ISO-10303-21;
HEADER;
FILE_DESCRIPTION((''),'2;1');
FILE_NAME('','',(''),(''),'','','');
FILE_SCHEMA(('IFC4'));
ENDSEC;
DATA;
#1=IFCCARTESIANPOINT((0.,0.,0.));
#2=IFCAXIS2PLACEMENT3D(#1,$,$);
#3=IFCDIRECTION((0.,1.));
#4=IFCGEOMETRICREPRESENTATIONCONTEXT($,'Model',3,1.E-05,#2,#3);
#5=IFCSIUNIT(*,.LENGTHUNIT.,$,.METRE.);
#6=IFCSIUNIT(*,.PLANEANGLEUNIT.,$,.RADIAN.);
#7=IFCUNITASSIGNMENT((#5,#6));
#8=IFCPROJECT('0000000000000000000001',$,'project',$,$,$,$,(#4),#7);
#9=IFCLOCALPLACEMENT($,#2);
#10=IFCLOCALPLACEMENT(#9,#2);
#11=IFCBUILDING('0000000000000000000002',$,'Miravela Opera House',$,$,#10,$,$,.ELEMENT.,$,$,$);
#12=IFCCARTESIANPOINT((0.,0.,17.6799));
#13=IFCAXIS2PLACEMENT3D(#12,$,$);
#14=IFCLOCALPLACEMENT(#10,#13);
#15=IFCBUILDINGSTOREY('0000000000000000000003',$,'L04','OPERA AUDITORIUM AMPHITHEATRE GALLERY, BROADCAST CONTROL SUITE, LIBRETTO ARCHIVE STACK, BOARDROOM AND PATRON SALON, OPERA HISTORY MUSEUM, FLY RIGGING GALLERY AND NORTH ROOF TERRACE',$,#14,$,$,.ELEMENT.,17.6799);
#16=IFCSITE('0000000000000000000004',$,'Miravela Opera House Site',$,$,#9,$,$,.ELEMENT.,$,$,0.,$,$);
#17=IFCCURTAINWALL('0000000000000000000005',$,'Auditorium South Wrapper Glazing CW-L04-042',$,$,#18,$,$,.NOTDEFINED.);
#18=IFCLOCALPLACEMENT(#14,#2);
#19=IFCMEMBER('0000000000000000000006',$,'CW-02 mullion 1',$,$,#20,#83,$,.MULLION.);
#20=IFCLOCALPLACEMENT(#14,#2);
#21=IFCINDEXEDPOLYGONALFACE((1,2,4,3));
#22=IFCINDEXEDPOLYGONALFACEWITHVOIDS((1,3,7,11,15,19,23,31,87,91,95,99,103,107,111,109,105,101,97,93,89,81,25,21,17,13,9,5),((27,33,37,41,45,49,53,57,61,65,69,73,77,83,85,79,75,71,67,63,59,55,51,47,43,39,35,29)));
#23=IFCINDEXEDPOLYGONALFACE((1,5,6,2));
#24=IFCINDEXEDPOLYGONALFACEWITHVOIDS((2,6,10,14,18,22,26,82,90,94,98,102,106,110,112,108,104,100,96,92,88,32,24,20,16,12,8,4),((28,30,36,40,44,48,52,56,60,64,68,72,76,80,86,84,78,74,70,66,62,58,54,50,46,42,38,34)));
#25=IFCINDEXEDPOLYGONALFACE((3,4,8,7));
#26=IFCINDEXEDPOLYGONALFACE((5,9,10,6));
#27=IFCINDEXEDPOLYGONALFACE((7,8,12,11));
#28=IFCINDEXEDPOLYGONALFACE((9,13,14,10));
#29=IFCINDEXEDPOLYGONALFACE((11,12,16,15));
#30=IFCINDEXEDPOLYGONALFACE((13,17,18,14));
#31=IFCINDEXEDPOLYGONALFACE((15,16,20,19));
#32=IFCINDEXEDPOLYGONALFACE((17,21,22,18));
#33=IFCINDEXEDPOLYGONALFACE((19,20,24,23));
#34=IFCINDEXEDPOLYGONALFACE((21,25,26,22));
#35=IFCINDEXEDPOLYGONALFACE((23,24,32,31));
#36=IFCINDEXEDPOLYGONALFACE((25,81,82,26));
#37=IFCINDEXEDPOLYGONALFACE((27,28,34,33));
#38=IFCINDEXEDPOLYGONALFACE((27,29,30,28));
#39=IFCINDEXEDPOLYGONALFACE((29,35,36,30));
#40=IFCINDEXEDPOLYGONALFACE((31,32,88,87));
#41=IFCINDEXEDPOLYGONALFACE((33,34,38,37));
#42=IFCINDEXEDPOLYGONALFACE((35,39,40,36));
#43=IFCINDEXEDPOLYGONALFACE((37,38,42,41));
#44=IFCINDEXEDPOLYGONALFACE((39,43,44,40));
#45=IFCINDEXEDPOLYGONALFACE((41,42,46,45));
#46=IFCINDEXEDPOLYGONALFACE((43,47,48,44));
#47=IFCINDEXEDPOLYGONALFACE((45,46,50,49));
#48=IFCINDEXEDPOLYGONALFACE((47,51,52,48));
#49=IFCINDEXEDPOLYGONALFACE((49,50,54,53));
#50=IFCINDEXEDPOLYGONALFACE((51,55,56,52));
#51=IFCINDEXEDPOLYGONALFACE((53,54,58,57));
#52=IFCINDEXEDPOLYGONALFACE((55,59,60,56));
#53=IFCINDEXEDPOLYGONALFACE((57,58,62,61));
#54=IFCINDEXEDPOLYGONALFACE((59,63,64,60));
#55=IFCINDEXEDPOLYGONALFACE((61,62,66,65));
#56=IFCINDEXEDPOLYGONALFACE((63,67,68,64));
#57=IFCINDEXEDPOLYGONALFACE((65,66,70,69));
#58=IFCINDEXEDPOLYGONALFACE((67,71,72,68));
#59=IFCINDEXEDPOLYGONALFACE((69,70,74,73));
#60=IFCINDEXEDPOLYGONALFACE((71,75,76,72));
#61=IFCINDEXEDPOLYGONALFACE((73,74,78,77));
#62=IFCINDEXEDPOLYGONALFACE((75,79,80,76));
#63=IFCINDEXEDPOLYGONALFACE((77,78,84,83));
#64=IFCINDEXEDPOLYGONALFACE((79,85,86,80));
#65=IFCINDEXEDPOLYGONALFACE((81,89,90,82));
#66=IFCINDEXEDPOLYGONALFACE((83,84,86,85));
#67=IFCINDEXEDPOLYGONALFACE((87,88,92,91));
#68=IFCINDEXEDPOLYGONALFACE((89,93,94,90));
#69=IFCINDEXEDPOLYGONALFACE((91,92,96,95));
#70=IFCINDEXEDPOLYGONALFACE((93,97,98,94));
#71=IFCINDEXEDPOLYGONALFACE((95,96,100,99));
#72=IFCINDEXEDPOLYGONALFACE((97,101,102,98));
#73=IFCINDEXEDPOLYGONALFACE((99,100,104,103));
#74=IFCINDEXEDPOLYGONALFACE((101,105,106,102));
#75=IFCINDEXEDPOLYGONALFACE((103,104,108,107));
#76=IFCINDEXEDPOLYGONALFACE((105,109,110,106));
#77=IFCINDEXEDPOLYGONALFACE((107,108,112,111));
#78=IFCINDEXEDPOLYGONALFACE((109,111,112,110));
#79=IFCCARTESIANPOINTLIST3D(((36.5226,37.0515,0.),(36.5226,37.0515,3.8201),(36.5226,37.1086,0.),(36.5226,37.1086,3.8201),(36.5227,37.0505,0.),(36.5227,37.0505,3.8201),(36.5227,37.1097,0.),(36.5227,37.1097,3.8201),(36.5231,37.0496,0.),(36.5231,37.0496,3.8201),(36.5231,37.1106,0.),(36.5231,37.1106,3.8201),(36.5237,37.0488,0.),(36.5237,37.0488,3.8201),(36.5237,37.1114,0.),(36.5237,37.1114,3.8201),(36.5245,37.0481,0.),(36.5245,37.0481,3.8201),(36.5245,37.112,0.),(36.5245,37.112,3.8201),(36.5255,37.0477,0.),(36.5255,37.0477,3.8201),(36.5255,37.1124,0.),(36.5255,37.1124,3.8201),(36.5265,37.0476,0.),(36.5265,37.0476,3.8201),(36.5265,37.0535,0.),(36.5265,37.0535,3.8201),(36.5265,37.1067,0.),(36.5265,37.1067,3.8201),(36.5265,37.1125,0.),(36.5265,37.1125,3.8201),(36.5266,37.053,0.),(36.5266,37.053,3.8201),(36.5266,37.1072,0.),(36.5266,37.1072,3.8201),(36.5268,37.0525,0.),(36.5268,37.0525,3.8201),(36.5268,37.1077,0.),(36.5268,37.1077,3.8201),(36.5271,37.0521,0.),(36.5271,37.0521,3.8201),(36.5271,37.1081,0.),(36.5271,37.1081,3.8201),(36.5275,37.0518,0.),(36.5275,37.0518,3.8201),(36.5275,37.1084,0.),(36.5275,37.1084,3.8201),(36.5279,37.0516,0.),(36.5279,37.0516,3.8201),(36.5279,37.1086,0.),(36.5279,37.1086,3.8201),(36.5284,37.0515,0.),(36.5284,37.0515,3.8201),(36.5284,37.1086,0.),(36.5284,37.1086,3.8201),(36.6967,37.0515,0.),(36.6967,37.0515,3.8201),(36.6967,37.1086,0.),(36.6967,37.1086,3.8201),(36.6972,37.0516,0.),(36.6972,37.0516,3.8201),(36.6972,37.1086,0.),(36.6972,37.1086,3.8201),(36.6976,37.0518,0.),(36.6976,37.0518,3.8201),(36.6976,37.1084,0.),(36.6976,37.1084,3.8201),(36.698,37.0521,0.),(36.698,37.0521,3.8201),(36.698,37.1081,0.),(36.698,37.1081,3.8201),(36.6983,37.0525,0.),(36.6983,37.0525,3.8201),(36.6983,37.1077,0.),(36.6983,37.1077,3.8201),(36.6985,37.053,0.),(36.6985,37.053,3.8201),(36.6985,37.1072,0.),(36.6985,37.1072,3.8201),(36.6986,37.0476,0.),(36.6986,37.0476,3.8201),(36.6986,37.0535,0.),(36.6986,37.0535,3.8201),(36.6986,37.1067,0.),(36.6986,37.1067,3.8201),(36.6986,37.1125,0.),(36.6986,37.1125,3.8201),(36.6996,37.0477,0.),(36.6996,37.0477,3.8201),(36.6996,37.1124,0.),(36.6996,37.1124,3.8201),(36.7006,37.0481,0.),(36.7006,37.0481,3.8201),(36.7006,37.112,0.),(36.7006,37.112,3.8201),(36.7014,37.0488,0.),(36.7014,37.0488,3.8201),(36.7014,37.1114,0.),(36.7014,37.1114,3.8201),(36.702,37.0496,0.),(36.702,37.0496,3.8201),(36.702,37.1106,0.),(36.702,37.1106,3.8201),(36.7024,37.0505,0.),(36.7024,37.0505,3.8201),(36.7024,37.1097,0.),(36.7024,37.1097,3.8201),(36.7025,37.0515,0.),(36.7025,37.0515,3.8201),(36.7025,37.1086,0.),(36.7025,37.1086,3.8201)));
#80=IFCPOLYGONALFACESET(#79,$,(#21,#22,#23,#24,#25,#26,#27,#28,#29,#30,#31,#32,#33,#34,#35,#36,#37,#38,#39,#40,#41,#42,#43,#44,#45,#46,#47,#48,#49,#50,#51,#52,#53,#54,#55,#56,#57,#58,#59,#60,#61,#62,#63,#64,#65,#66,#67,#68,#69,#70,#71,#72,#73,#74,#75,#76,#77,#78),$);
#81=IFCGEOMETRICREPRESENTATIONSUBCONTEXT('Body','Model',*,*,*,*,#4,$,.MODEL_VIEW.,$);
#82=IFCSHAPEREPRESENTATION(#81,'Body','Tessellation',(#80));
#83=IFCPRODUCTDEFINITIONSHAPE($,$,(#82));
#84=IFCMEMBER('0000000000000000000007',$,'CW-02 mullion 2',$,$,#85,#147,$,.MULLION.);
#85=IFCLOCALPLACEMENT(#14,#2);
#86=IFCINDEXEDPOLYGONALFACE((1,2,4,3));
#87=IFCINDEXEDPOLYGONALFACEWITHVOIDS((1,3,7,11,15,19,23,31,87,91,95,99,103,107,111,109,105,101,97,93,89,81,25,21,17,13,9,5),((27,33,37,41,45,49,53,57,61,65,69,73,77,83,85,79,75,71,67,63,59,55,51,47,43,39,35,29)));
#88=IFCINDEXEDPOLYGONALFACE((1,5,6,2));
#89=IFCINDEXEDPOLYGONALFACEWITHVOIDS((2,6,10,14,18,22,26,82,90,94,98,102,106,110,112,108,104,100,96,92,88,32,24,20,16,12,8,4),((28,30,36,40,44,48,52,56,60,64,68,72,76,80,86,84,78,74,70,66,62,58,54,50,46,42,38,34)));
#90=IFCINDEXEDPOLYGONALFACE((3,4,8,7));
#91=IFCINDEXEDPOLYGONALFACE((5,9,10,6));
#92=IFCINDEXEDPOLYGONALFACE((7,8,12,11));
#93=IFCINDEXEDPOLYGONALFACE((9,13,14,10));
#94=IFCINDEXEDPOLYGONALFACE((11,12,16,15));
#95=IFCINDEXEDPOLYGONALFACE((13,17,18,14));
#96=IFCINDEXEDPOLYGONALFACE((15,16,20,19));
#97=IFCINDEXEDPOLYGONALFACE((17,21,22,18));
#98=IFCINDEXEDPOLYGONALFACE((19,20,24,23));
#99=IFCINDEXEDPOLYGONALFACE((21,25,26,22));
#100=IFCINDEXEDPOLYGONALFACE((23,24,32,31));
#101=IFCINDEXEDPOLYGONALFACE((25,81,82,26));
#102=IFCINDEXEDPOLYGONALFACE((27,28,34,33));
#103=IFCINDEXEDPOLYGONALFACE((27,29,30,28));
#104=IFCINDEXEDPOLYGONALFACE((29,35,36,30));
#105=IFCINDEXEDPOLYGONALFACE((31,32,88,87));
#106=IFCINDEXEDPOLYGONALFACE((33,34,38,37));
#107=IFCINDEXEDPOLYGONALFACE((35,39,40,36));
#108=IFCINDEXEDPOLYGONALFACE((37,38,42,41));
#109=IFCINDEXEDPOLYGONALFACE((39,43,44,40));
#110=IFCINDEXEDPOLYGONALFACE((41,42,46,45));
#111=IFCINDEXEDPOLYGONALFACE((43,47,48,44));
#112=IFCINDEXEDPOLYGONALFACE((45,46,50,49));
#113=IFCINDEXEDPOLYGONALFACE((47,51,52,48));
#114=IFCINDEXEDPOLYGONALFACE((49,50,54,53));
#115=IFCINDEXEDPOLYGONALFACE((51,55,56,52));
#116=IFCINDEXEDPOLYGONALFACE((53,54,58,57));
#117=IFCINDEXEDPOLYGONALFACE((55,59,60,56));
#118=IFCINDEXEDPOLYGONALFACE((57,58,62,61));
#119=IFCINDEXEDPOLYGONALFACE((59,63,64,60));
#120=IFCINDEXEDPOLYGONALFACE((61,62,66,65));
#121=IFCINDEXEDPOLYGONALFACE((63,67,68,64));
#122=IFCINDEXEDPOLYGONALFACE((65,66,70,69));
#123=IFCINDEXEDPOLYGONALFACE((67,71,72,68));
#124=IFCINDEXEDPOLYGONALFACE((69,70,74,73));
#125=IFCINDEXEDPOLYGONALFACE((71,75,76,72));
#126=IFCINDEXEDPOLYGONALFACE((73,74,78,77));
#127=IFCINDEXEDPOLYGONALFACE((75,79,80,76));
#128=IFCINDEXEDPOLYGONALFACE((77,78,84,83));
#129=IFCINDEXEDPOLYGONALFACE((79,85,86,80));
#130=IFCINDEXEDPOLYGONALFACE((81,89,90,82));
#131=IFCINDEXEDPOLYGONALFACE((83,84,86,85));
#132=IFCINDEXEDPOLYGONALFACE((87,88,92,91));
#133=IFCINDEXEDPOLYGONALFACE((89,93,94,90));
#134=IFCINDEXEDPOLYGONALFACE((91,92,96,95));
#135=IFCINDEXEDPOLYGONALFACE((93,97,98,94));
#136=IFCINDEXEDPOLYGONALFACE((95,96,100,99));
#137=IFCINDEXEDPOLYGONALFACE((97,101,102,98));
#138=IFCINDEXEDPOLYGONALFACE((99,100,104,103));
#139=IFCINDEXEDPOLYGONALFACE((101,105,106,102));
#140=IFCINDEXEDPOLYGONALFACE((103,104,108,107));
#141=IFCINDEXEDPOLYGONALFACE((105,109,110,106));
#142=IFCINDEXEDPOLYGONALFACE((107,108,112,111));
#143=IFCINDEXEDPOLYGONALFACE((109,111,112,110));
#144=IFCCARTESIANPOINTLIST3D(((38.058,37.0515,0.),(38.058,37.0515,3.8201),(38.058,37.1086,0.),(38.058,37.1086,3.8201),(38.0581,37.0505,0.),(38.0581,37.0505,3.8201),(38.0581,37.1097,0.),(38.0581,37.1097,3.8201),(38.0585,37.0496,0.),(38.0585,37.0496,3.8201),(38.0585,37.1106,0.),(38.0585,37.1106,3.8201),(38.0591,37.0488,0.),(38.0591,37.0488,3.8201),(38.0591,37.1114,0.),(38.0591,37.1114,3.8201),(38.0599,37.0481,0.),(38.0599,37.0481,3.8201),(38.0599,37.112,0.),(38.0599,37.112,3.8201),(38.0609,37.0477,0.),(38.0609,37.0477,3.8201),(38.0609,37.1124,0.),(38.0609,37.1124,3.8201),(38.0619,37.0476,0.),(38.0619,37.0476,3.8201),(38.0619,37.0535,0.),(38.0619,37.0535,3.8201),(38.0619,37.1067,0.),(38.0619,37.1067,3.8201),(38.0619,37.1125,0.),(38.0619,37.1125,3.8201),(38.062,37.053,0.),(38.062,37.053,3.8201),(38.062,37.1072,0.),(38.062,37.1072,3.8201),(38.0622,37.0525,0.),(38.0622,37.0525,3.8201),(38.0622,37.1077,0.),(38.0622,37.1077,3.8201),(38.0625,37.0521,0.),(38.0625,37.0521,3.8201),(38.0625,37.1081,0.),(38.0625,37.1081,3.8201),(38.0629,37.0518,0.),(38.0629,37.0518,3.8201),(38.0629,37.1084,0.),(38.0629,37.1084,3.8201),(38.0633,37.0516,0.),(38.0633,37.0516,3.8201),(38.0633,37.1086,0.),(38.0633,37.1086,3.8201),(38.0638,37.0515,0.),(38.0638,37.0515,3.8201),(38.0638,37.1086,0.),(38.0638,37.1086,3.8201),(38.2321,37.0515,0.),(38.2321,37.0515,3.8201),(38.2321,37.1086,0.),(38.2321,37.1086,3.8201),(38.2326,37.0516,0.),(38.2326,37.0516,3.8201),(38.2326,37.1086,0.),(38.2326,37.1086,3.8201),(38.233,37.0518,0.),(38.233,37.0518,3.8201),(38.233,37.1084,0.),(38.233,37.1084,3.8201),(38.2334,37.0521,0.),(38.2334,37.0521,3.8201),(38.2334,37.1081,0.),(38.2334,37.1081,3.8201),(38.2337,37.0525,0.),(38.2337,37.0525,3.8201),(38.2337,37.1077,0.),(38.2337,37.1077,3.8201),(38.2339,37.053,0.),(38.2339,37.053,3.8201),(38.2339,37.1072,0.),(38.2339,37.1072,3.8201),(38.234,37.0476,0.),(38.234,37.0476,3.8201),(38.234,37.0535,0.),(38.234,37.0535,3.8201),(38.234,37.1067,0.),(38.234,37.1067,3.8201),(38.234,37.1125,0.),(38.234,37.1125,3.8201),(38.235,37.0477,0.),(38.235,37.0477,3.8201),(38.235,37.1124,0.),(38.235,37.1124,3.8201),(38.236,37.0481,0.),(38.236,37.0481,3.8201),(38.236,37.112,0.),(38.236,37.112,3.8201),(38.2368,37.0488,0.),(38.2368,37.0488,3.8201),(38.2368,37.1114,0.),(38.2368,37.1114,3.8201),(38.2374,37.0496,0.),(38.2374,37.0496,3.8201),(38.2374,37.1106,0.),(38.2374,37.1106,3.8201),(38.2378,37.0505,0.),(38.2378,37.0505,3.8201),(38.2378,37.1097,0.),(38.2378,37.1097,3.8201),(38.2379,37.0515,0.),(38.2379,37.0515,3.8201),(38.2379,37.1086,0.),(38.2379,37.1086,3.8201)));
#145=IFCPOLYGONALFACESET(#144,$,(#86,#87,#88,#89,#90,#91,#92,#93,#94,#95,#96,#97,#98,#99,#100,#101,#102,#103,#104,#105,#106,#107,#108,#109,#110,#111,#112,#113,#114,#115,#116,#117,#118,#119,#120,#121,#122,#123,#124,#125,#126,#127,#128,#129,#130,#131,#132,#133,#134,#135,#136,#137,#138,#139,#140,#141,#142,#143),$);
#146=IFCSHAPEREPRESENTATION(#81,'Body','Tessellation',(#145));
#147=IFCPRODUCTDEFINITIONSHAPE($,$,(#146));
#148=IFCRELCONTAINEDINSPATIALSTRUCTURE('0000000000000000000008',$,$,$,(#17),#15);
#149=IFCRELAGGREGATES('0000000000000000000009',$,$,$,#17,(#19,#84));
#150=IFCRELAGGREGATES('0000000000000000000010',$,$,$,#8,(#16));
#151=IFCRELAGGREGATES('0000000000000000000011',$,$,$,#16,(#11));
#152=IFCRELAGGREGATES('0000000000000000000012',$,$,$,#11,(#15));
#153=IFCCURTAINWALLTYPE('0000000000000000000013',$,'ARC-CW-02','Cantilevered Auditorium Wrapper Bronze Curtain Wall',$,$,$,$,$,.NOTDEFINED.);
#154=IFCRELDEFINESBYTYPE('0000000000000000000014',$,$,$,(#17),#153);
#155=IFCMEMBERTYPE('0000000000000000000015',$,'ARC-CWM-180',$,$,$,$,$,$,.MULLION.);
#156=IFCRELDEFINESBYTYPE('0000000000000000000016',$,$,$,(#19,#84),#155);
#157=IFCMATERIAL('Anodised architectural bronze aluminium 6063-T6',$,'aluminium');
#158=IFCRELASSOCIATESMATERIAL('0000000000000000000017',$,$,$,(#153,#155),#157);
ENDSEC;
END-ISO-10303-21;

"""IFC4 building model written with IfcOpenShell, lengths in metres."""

from ifc_helpers import new_model, si_unit, direction, frame, origin, origin_2d, place, context, subcontext, project, spatial, hollow_rectangle, extrude, material, material_profile, profile_set, type_object, element, aggregate, save


model = new_model("IFC4")

# Units and contexts
model_context = context("Model", 3, precision=1e-05, world=origin(), true_north=direction((0.0, 1.0)))
body_context = subcontext(model_context, "Body", "Model", "MODEL_VIEW")
ifc_project = project(units=[si_unit("LENGTHUNIT", "METRE"), si_unit("PLANEANGLEUNIT", "RADIAN")], contexts=[model_context])

# Site, building, storey
site_placement = place(None, origin())
site = spatial("IfcSite", under=ifc_project, at=site_placement, Name="Miravela Opera House Site", CompositionType="ELEMENT", RefElevation=0.0)
building_placement = place(site_placement, origin())
building = spatial("IfcBuilding", under=site, at=building_placement, Name="Miravela Opera House", CompositionType="ELEMENT")
storey_placement = place(building_placement, frame((0.0, 0.0, 17.6799)))
storey = spatial("IfcBuildingStorey", under=building, at=storey_placement, Name="L04", Description="OPERA AUDITORIUM AMPHITHEATRE GALLERY, BROADCAST CONTROL SUITE, LIBRETTO ARCHIVE STACK, BOARDROOM AND PATRON SALON, OPERA HISTORY MUSEUM, FLY RIGGING GALLERY AND NORTH ROOF TERRACE", CompositionType="ELEMENT", Elevation=17.6799)

# Curtain wall, members
ifc_material_1 = material(Name="Anodised architectural bronze aluminium 6063-T6", Category="aluminium")
curtain_wall_type = type_object("IfcCurtainWallType", Name="ARC-CW-02", Description="Cantilevered Auditorium Wrapper Bronze Curtain Wall", PredefinedType="NOTDEFINED", material=ifc_material_1)
ifc_material_profile_1 = material_profile(ifc_material_1, hollow_rectangle(XDim=0.0649, YDim=0.1799, WallThickness=0.0039, InnerFilletRadius=0.002, OuterFilletRadius=0.0039, at=origin_2d()), Name="CWM-65X180")
ifc_profile_set_1 = profile_set([ifc_material_profile_1])
member_type_1 = type_object("IfcMemberType", Name="ARC-CWM-180", PredefinedType="MULLION", material=ifc_profile_set_1)
curtain_wall_1_placement = place(storey_placement, origin())
curtain_wall_1 = element("IfcCurtainWall", 1, at=curtain_wall_1_placement, inside=storey, type_object=curtain_wall_type, Name="Auditorium South Wrapper Glazing CW-L04-042", PredefinedType="NOTDEFINED")
member_1_placement = place(storey_placement, frame((36.6125, 37.0801, 0.0), z_axis=(0.0, 0.0, 1.0), x_axis=(0.0, 1.0, 0.0)))
member_1 = element("IfcMember", 2, at=member_1_placement, type_object=member_type_1, Name="CW-02 mullion 1", PredefinedType="MULLION", context=body_context, shape_type="SweptSolid", body=[
    extrude(hollow_rectangle(XDim=0.0649, YDim=0.1799, WallThickness=0.0039, InnerFilletRadius=0.002, OuterFilletRadius=0.0039, at=origin_2d()), origin(), (0.0, 0.0, 1.0), 3.8201),
])
member_2_placement = place(storey_placement, frame((38.1479, 37.0801, 0.0), z_axis=(0.0, 0.0, 1.0), x_axis=(0.0, 1.0, 0.0)))
member_2 = element("IfcMember", 3, at=member_2_placement, type_object=member_type_1, Name="CW-02 mullion 2", PredefinedType="MULLION", context=body_context, shape_type="SweptSolid", body=[
    extrude(hollow_rectangle(XDim=0.0649, YDim=0.1799, WallThickness=0.0039, InnerFilletRadius=0.002, OuterFilletRadius=0.0039, at=origin_2d()), origin(), (0.0, 0.0, 1.0), 3.8201),
])

aggregate(curtain_wall_1, [member_1, member_2])

save(model, "model.ifc")
